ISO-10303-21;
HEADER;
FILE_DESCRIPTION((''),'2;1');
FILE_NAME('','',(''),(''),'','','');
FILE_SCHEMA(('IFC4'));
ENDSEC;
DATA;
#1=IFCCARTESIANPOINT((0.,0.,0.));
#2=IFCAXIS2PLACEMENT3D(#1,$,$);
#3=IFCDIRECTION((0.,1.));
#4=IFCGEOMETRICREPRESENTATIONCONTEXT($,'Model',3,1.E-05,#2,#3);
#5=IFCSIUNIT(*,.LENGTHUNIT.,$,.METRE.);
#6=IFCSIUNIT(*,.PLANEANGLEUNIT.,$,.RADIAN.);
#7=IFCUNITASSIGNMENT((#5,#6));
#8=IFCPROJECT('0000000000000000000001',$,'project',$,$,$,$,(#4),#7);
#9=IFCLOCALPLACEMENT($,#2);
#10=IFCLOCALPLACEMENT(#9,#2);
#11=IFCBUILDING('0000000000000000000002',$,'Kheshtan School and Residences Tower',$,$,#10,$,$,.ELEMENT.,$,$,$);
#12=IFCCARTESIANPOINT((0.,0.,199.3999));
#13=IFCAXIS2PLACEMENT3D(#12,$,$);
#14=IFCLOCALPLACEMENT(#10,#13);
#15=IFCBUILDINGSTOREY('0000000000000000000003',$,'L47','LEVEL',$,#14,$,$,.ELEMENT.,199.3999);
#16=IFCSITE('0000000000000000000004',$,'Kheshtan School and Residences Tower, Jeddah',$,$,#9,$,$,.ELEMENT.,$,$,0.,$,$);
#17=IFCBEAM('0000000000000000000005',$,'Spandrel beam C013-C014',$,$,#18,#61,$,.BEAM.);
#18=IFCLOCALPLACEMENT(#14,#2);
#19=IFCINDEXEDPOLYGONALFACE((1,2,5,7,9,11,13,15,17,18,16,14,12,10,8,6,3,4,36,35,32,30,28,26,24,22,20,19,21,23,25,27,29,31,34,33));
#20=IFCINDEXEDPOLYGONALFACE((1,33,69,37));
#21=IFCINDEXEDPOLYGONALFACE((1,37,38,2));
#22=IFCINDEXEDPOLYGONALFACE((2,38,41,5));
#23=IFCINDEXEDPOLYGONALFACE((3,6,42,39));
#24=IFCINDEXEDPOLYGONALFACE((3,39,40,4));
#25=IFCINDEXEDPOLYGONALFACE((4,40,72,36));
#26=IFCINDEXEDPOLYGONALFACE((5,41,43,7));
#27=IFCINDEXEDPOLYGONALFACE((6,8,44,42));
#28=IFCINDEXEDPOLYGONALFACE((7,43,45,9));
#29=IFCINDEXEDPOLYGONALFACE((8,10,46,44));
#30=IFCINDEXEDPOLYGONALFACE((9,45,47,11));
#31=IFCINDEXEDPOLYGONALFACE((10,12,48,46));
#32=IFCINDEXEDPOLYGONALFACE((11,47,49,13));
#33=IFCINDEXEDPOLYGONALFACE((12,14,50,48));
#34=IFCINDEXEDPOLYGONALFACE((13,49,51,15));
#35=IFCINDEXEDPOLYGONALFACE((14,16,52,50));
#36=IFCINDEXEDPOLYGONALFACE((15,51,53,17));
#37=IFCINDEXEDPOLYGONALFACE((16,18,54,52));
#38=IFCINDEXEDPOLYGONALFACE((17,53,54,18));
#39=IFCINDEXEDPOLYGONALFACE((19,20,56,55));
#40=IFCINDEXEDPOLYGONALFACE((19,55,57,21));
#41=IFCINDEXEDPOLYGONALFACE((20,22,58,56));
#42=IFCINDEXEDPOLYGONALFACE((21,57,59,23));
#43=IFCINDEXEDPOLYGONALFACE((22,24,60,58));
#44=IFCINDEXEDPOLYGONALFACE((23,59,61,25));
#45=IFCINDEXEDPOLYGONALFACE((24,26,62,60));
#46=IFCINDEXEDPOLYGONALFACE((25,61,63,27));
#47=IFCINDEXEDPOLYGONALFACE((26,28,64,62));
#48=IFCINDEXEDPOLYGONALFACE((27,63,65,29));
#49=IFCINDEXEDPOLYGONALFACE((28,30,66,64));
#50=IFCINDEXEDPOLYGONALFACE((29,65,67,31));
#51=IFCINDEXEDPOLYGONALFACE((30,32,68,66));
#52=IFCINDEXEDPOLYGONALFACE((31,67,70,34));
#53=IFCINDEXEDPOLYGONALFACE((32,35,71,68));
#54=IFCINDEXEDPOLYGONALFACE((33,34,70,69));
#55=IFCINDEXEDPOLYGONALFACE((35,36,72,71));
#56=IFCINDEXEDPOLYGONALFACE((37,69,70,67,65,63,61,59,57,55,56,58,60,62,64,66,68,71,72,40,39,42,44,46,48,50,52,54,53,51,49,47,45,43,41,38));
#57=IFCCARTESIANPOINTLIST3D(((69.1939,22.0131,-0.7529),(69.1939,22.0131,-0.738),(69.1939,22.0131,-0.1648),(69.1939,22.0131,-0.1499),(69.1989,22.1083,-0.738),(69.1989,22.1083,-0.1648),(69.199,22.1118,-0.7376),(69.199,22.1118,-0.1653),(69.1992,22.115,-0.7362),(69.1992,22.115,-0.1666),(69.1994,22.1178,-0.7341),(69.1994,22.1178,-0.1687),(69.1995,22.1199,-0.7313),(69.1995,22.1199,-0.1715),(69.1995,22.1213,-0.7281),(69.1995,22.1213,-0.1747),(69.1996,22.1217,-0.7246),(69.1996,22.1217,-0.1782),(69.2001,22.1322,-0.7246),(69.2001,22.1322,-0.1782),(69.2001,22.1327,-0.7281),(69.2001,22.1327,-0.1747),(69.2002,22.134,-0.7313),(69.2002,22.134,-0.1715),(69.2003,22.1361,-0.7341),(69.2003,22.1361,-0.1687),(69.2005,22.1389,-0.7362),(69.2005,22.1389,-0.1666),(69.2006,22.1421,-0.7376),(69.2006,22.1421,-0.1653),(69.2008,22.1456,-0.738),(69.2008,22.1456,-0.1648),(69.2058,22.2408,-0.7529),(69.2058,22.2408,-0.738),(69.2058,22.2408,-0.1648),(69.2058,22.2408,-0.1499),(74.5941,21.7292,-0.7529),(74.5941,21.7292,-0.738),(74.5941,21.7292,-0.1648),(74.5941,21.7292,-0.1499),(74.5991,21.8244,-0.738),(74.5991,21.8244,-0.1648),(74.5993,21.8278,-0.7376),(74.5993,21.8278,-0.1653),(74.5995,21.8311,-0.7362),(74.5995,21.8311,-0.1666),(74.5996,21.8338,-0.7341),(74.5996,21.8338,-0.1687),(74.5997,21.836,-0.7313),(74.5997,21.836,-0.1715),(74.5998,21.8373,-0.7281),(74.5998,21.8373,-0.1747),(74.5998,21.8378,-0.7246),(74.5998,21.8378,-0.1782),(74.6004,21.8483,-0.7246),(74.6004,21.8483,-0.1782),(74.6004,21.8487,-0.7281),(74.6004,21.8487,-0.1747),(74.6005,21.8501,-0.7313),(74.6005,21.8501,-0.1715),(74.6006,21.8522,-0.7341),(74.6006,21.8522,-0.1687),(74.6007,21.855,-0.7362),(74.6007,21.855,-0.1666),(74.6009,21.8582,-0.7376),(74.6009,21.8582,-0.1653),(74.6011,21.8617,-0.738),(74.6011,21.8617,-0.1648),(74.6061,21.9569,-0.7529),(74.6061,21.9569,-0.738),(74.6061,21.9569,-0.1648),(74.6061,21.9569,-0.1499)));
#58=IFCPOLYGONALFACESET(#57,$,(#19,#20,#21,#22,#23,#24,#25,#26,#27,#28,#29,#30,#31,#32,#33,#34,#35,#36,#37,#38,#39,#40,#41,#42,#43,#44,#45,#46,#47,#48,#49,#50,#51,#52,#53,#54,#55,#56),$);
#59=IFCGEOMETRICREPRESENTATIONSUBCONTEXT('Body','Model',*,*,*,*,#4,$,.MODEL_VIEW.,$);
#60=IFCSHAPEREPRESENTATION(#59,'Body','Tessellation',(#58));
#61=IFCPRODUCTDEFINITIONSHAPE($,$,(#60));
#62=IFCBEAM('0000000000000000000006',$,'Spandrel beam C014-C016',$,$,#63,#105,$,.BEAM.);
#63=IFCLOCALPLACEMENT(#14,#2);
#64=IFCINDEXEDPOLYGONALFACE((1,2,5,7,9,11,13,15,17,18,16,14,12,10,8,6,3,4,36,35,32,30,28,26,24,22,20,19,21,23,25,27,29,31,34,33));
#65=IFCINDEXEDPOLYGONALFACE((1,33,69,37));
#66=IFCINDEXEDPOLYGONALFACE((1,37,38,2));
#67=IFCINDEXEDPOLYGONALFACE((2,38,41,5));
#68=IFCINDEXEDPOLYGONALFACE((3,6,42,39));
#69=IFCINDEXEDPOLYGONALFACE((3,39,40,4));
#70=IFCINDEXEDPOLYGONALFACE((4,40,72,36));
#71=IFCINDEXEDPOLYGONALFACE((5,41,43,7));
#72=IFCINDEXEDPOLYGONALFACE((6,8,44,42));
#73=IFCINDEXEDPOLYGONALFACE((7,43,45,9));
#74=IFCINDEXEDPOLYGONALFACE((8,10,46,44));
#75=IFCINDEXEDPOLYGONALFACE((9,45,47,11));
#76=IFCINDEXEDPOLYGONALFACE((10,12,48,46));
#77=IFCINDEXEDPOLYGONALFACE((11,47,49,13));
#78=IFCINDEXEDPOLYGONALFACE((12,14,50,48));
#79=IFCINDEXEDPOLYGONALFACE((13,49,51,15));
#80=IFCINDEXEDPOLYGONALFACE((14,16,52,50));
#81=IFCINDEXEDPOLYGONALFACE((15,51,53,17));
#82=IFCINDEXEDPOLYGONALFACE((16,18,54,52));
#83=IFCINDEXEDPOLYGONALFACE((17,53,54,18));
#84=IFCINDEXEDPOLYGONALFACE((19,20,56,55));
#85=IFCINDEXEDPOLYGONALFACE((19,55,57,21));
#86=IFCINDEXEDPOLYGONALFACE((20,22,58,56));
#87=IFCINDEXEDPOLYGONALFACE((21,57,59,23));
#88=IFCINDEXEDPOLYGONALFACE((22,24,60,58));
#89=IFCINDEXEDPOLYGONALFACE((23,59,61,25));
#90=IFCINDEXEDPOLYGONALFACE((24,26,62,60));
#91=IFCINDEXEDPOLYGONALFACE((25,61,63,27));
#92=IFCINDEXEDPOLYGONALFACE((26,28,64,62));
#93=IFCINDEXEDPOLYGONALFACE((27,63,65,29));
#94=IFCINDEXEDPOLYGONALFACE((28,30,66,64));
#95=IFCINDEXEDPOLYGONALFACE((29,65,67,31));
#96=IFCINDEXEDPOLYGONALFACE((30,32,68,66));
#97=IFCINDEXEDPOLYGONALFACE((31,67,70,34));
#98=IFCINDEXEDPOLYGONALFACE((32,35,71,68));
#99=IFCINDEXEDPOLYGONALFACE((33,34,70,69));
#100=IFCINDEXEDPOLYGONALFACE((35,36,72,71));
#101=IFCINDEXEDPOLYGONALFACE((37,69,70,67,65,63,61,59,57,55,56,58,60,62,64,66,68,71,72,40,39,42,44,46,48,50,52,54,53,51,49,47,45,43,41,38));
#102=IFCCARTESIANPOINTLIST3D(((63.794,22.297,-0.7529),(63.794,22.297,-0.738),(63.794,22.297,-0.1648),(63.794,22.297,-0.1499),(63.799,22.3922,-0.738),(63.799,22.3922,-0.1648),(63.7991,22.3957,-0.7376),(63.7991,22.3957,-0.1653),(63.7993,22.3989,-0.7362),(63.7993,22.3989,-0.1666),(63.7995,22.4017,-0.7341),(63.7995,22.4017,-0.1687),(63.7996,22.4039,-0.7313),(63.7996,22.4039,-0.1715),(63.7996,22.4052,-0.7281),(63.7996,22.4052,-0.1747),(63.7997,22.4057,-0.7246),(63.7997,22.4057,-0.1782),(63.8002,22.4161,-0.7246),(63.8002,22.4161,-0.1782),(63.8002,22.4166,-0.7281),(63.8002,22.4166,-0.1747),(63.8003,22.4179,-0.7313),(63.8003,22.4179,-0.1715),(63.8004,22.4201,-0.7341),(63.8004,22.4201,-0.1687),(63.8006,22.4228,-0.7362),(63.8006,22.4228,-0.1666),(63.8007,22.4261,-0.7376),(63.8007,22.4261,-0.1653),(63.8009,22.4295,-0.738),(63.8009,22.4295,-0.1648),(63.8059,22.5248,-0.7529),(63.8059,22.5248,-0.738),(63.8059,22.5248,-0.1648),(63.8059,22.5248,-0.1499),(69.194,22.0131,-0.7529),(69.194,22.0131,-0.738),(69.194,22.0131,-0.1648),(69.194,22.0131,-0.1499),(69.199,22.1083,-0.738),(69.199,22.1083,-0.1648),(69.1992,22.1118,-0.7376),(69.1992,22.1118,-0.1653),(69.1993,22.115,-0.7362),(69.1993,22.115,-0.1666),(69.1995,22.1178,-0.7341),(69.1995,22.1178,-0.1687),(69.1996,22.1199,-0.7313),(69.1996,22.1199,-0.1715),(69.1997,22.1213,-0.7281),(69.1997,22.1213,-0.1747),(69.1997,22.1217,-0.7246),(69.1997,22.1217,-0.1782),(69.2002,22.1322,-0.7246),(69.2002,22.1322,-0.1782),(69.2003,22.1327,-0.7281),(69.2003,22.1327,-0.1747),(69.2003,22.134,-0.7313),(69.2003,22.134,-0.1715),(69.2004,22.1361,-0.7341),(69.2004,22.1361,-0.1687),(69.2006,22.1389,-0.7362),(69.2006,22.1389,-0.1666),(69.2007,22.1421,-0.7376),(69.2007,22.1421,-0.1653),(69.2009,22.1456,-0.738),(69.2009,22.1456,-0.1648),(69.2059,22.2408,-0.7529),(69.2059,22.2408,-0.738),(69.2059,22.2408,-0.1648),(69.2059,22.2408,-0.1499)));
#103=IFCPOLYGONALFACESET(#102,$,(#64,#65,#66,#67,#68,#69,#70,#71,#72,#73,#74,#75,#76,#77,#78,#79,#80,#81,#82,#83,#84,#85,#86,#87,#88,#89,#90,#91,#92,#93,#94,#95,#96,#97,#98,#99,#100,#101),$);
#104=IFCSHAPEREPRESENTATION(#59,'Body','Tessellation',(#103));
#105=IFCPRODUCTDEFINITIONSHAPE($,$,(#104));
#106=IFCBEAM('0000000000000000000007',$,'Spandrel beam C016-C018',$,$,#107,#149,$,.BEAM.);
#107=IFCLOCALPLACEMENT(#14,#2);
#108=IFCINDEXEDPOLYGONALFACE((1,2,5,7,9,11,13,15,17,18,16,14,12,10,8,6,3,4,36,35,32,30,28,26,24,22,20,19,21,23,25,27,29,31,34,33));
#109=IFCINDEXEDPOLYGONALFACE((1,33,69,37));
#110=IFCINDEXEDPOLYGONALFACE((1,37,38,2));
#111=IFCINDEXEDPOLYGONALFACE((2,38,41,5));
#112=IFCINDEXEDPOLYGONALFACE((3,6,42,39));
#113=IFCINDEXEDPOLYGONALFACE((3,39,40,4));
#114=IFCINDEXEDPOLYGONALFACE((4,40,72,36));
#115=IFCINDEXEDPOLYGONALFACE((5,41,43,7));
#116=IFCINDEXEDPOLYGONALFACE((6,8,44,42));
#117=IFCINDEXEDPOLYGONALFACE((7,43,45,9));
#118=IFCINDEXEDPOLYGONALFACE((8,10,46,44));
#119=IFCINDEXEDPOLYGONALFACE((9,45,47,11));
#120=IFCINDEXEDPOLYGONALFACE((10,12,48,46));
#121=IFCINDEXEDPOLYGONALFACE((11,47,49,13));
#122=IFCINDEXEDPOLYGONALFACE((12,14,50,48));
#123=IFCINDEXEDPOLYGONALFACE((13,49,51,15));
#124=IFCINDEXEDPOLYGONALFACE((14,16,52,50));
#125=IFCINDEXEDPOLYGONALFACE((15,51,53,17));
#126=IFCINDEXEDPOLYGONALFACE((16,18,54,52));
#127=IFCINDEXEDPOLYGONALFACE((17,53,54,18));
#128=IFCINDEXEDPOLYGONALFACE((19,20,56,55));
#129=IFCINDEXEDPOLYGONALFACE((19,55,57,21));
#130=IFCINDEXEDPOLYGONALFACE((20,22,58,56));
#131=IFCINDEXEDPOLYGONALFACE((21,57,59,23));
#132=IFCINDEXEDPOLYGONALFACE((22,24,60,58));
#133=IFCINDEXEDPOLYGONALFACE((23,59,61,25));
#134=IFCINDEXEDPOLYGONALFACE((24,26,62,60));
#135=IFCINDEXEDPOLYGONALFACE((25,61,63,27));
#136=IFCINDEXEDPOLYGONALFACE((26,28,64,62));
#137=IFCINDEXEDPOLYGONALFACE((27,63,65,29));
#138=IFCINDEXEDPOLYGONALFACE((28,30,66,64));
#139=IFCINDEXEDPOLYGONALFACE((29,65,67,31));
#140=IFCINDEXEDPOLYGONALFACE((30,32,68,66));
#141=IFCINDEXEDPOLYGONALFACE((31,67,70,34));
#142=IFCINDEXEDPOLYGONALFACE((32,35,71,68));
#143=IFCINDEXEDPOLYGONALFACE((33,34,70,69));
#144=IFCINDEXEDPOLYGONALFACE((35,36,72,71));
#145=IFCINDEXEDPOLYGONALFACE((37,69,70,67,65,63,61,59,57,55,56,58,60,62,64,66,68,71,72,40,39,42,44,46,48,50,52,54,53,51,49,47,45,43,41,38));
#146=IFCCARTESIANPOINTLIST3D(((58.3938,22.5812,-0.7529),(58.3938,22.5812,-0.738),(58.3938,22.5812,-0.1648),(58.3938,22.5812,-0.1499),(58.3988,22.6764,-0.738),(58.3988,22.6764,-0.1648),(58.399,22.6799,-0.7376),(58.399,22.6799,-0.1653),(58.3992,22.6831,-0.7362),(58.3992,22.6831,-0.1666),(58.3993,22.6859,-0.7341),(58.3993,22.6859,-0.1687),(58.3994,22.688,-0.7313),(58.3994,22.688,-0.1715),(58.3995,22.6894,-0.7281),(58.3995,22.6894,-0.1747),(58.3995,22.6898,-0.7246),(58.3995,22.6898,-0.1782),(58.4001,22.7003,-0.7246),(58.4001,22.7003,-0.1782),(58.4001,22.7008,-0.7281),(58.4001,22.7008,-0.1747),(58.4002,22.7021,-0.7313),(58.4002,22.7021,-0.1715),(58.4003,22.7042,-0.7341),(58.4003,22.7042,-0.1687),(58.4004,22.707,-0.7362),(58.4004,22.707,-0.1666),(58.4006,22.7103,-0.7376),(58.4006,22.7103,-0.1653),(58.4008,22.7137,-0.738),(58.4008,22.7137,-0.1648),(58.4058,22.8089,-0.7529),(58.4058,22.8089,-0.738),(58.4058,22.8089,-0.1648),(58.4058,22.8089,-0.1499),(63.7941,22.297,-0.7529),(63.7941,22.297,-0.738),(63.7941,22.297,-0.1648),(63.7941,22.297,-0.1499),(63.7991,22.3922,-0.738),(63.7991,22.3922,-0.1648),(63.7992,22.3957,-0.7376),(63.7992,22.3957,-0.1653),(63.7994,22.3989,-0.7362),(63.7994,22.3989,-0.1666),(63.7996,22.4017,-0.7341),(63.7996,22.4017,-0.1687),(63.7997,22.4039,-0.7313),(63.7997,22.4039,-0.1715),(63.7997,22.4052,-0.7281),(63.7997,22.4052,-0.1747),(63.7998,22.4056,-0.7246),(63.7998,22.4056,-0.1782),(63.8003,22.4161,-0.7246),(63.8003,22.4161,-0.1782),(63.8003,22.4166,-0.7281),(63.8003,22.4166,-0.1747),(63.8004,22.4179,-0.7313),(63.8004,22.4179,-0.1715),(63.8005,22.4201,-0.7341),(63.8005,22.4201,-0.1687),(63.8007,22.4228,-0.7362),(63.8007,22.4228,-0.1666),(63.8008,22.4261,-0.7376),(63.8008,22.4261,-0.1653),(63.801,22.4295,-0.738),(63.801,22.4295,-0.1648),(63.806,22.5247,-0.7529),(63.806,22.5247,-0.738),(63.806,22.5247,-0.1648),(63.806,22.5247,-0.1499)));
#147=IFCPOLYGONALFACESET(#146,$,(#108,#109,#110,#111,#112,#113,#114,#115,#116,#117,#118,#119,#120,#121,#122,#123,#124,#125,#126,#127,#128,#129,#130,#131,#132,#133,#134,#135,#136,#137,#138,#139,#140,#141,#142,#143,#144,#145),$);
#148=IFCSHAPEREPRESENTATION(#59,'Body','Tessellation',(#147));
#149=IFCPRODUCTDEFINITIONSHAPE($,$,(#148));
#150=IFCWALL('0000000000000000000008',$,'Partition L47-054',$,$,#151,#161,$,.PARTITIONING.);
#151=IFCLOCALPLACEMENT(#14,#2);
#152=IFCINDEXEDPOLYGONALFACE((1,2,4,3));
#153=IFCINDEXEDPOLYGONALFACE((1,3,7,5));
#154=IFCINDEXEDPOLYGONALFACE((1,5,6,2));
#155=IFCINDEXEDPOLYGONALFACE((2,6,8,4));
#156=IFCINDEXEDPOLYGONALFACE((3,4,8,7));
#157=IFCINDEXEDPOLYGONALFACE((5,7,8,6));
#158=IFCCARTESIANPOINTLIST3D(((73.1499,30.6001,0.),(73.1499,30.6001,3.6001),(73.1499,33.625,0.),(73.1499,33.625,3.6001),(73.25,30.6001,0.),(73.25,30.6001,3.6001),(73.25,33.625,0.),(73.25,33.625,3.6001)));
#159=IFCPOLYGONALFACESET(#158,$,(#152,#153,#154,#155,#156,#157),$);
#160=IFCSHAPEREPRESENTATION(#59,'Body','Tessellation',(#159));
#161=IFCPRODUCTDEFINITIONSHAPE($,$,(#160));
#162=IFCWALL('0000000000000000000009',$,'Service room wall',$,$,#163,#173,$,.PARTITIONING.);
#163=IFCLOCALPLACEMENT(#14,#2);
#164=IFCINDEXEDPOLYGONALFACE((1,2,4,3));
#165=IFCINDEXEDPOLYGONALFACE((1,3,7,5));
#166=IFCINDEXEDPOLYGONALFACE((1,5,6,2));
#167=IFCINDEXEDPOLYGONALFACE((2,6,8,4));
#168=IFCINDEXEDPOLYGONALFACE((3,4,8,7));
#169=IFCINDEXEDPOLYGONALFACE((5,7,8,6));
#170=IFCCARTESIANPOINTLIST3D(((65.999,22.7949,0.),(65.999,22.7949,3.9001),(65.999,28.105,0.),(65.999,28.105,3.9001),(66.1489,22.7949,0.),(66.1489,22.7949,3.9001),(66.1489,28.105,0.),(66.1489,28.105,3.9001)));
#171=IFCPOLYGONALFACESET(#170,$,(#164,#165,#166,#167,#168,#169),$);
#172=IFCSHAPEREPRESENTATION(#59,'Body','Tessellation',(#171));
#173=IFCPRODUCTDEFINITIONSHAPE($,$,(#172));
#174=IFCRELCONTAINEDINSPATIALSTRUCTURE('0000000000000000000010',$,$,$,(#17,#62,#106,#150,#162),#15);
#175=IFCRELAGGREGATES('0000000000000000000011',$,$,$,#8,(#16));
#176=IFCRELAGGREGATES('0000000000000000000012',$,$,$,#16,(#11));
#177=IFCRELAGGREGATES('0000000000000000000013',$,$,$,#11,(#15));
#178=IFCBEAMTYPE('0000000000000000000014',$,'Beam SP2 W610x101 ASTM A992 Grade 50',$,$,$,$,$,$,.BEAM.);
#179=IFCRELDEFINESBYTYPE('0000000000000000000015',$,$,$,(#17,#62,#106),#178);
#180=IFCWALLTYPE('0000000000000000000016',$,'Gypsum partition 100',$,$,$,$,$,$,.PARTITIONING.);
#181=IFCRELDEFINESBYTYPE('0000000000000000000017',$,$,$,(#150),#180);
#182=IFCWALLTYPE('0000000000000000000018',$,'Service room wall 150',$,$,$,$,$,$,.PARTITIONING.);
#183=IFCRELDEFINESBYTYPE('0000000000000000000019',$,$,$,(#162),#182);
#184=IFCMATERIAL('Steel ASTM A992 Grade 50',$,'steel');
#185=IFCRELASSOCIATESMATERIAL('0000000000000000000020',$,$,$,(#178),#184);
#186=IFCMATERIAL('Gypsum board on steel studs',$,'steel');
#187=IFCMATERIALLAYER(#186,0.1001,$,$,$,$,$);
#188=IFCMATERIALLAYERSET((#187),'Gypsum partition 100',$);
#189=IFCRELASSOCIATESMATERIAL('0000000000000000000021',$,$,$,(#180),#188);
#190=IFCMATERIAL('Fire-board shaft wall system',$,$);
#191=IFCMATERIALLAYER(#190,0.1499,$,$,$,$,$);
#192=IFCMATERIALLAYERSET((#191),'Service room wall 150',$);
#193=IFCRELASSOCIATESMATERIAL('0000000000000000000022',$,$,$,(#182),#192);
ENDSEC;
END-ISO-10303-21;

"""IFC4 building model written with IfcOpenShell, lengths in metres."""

from ifc_helpers import new_model, si_unit, direction, frame, frame_2d, origin, origin_2d, place, context, subcontext, project, spatial, rectangle, i_section, extrude, material, layer, layer_set, material_profile, profile_set, type_object, element, save


model = new_model("IFC4")

# Units and contexts
model_context = context("Model", 3, precision=1e-05, world=origin(), true_north=direction((0.0, 1.0)))
body_context = subcontext(model_context, "Body", "Model", "MODEL_VIEW")
ifc_project = project(units=[si_unit("LENGTHUNIT", "METRE"), si_unit("PLANEANGLEUNIT", "RADIAN")], contexts=[model_context])

# Site, building, storey
site_placement = place(None, origin())
site = spatial("IfcSite", under=ifc_project, at=site_placement, Name="Kheshtan School and Residences Tower, Jeddah", CompositionType="ELEMENT", RefElevation=0.0)
building_placement = place(site_placement, origin())
building = spatial("IfcBuilding", under=site, at=building_placement, Name="Kheshtan School and Residences Tower", CompositionType="ELEMENT")
storey_placement = place(building_placement, frame((0.0, 0.0, 199.3999)))
storey = spatial("IfcBuildingStorey", under=building, at=storey_placement, Name="L47", Description="LEVEL", CompositionType="ELEMENT", Elevation=199.3999)

# Shared definitions
ifc_material_1 = material(Name="Steel ASTM A992 Grade 50", Category="steel")

# Beams
ifc_material_profile_1 = material_profile(ifc_material_1, i_section(OverallWidth=0.228, OverallDepth=0.603, WebThickness=0.0105, FlangeThickness=0.0149, FilletRadius=0.0134, at=origin_2d()), Name="W610x101")
ifc_profile_set_1 = profile_set([ifc_material_profile_1], Name="Steel ASTM A992 Grade 50")
beam_type_1 = type_object("IfcBeamType", Name="Beam SP2 W610x101 ASTM A992 Grade 50", PredefinedType="BEAM", material=ifc_profile_set_1)
beam_1_placement = place(storey_placement, frame((74.6001, 21.843, -0.4514), z_axis=(-0.998621, 0.052507, 0.0), x_axis=(-0.052507, -0.998621, 0.0)))
element("IfcBeam", 1, at=beam_1_placement, inside=storey, type_object=beam_type_1, Name="Spandrel beam C013-C014", PredefinedType="BEAM", context=body_context, shape_type="SweptSolid", body=[
    extrude(i_section(OverallWidth=0.228, OverallDepth=0.603, WebThickness=0.0105, FlangeThickness=0.0149, FilletRadius=0.0134, at=origin_2d()), origin(), (0.0, 0.0, 1.0), 5.4077),
])
beam_2_placement = place(storey_placement, frame((69.2, 22.127, -0.4514), z_axis=(-0.99862, 0.052509, 0.0), x_axis=(-0.052509, -0.99862, 0.0)))
element("IfcBeam", 2, at=beam_2_placement, inside=storey, type_object=beam_type_1, Name="Spandrel beam C014-C016", PredefinedType="BEAM", context=body_context, shape_type="SweptSolid", body=[
    extrude(i_section(OverallWidth=0.228, OverallDepth=0.603, WebThickness=0.0105, FlangeThickness=0.0149, FilletRadius=0.0134, at=origin_2d()), origin(), (0.0, 0.0, 1.0), 5.4075),
])
beam_3_placement = place(storey_placement, frame((63.8, 22.4109, -0.4514), z_axis=(-0.998618, 0.052552, 0.0), x_axis=(-0.052552, -0.998618, 0.0)))
element("IfcBeam", 3, at=beam_3_placement, inside=storey, type_object=beam_type_1, Name="Spandrel beam C016-C018", PredefinedType="BEAM", context=body_context, shape_type="SweptSolid", body=[
    extrude(i_section(OverallWidth=0.228, OverallDepth=0.603, WebThickness=0.0105, FlangeThickness=0.0149, FilletRadius=0.0134, at=origin_2d()), origin(), (0.0, 0.0, 1.0), 5.4077),
])

# Walls
ifc_material_2 = material(Name="Gypsum board on steel studs", Category="steel")
ifc_layer_1 = layer(ifc_material_2, 0.1001)
ifc_layer_set_1 = layer_set([ifc_layer_1], Name="Gypsum partition 100")
wall_type_1 = type_object("IfcWallType", Name="Gypsum partition 100", PredefinedType="PARTITIONING", material=ifc_layer_set_1)
wall_1_placement = place(storey_placement, frame((73.2, 30.6001, 0.0), z_axis=(0.0, 0.0, 1.0), x_axis=(0.0, 1.0, 0.0)))
element("IfcWall", 4, at=wall_1_placement, inside=storey, type_object=wall_type_1, Name="Partition L47-054", PredefinedType="PARTITIONING", context=body_context, shape_type="SweptSolid", body=[
    extrude(rectangle(XDim=3.0249, YDim=0.1001, at=frame_2d((1.5125, 0.0))), origin(), (0.0, 0.0, 1.0), 3.6001),
])
ifc_material_3 = material(Name="Fire-board shaft wall system")
ifc_layer_2 = layer(ifc_material_3, 0.1499)
ifc_layer_set_2 = layer_set([ifc_layer_2], Name="Service room wall 150")
wall_type_2 = type_object("IfcWallType", Name="Service room wall 150", PredefinedType="PARTITIONING", material=ifc_layer_set_2)
wall_2_placement = place(storey_placement, frame((66.074, 22.7949, 0.0), z_axis=(0.0, 0.0, 1.0), x_axis=(0.0, 1.0, 0.0)))
element("IfcWall", 5, at=wall_2_placement, inside=storey, type_object=wall_type_2, Name="Service room wall", PredefinedType="PARTITIONING", context=body_context, shape_type="SweptSolid", body=[
    extrude(rectangle(XDim=5.3101, YDim=0.1499, at=frame_2d((2.655, 0.0))), origin(), (0.0, 0.0, 1.0), 3.9001),
])

save(model, "model.ifc")
